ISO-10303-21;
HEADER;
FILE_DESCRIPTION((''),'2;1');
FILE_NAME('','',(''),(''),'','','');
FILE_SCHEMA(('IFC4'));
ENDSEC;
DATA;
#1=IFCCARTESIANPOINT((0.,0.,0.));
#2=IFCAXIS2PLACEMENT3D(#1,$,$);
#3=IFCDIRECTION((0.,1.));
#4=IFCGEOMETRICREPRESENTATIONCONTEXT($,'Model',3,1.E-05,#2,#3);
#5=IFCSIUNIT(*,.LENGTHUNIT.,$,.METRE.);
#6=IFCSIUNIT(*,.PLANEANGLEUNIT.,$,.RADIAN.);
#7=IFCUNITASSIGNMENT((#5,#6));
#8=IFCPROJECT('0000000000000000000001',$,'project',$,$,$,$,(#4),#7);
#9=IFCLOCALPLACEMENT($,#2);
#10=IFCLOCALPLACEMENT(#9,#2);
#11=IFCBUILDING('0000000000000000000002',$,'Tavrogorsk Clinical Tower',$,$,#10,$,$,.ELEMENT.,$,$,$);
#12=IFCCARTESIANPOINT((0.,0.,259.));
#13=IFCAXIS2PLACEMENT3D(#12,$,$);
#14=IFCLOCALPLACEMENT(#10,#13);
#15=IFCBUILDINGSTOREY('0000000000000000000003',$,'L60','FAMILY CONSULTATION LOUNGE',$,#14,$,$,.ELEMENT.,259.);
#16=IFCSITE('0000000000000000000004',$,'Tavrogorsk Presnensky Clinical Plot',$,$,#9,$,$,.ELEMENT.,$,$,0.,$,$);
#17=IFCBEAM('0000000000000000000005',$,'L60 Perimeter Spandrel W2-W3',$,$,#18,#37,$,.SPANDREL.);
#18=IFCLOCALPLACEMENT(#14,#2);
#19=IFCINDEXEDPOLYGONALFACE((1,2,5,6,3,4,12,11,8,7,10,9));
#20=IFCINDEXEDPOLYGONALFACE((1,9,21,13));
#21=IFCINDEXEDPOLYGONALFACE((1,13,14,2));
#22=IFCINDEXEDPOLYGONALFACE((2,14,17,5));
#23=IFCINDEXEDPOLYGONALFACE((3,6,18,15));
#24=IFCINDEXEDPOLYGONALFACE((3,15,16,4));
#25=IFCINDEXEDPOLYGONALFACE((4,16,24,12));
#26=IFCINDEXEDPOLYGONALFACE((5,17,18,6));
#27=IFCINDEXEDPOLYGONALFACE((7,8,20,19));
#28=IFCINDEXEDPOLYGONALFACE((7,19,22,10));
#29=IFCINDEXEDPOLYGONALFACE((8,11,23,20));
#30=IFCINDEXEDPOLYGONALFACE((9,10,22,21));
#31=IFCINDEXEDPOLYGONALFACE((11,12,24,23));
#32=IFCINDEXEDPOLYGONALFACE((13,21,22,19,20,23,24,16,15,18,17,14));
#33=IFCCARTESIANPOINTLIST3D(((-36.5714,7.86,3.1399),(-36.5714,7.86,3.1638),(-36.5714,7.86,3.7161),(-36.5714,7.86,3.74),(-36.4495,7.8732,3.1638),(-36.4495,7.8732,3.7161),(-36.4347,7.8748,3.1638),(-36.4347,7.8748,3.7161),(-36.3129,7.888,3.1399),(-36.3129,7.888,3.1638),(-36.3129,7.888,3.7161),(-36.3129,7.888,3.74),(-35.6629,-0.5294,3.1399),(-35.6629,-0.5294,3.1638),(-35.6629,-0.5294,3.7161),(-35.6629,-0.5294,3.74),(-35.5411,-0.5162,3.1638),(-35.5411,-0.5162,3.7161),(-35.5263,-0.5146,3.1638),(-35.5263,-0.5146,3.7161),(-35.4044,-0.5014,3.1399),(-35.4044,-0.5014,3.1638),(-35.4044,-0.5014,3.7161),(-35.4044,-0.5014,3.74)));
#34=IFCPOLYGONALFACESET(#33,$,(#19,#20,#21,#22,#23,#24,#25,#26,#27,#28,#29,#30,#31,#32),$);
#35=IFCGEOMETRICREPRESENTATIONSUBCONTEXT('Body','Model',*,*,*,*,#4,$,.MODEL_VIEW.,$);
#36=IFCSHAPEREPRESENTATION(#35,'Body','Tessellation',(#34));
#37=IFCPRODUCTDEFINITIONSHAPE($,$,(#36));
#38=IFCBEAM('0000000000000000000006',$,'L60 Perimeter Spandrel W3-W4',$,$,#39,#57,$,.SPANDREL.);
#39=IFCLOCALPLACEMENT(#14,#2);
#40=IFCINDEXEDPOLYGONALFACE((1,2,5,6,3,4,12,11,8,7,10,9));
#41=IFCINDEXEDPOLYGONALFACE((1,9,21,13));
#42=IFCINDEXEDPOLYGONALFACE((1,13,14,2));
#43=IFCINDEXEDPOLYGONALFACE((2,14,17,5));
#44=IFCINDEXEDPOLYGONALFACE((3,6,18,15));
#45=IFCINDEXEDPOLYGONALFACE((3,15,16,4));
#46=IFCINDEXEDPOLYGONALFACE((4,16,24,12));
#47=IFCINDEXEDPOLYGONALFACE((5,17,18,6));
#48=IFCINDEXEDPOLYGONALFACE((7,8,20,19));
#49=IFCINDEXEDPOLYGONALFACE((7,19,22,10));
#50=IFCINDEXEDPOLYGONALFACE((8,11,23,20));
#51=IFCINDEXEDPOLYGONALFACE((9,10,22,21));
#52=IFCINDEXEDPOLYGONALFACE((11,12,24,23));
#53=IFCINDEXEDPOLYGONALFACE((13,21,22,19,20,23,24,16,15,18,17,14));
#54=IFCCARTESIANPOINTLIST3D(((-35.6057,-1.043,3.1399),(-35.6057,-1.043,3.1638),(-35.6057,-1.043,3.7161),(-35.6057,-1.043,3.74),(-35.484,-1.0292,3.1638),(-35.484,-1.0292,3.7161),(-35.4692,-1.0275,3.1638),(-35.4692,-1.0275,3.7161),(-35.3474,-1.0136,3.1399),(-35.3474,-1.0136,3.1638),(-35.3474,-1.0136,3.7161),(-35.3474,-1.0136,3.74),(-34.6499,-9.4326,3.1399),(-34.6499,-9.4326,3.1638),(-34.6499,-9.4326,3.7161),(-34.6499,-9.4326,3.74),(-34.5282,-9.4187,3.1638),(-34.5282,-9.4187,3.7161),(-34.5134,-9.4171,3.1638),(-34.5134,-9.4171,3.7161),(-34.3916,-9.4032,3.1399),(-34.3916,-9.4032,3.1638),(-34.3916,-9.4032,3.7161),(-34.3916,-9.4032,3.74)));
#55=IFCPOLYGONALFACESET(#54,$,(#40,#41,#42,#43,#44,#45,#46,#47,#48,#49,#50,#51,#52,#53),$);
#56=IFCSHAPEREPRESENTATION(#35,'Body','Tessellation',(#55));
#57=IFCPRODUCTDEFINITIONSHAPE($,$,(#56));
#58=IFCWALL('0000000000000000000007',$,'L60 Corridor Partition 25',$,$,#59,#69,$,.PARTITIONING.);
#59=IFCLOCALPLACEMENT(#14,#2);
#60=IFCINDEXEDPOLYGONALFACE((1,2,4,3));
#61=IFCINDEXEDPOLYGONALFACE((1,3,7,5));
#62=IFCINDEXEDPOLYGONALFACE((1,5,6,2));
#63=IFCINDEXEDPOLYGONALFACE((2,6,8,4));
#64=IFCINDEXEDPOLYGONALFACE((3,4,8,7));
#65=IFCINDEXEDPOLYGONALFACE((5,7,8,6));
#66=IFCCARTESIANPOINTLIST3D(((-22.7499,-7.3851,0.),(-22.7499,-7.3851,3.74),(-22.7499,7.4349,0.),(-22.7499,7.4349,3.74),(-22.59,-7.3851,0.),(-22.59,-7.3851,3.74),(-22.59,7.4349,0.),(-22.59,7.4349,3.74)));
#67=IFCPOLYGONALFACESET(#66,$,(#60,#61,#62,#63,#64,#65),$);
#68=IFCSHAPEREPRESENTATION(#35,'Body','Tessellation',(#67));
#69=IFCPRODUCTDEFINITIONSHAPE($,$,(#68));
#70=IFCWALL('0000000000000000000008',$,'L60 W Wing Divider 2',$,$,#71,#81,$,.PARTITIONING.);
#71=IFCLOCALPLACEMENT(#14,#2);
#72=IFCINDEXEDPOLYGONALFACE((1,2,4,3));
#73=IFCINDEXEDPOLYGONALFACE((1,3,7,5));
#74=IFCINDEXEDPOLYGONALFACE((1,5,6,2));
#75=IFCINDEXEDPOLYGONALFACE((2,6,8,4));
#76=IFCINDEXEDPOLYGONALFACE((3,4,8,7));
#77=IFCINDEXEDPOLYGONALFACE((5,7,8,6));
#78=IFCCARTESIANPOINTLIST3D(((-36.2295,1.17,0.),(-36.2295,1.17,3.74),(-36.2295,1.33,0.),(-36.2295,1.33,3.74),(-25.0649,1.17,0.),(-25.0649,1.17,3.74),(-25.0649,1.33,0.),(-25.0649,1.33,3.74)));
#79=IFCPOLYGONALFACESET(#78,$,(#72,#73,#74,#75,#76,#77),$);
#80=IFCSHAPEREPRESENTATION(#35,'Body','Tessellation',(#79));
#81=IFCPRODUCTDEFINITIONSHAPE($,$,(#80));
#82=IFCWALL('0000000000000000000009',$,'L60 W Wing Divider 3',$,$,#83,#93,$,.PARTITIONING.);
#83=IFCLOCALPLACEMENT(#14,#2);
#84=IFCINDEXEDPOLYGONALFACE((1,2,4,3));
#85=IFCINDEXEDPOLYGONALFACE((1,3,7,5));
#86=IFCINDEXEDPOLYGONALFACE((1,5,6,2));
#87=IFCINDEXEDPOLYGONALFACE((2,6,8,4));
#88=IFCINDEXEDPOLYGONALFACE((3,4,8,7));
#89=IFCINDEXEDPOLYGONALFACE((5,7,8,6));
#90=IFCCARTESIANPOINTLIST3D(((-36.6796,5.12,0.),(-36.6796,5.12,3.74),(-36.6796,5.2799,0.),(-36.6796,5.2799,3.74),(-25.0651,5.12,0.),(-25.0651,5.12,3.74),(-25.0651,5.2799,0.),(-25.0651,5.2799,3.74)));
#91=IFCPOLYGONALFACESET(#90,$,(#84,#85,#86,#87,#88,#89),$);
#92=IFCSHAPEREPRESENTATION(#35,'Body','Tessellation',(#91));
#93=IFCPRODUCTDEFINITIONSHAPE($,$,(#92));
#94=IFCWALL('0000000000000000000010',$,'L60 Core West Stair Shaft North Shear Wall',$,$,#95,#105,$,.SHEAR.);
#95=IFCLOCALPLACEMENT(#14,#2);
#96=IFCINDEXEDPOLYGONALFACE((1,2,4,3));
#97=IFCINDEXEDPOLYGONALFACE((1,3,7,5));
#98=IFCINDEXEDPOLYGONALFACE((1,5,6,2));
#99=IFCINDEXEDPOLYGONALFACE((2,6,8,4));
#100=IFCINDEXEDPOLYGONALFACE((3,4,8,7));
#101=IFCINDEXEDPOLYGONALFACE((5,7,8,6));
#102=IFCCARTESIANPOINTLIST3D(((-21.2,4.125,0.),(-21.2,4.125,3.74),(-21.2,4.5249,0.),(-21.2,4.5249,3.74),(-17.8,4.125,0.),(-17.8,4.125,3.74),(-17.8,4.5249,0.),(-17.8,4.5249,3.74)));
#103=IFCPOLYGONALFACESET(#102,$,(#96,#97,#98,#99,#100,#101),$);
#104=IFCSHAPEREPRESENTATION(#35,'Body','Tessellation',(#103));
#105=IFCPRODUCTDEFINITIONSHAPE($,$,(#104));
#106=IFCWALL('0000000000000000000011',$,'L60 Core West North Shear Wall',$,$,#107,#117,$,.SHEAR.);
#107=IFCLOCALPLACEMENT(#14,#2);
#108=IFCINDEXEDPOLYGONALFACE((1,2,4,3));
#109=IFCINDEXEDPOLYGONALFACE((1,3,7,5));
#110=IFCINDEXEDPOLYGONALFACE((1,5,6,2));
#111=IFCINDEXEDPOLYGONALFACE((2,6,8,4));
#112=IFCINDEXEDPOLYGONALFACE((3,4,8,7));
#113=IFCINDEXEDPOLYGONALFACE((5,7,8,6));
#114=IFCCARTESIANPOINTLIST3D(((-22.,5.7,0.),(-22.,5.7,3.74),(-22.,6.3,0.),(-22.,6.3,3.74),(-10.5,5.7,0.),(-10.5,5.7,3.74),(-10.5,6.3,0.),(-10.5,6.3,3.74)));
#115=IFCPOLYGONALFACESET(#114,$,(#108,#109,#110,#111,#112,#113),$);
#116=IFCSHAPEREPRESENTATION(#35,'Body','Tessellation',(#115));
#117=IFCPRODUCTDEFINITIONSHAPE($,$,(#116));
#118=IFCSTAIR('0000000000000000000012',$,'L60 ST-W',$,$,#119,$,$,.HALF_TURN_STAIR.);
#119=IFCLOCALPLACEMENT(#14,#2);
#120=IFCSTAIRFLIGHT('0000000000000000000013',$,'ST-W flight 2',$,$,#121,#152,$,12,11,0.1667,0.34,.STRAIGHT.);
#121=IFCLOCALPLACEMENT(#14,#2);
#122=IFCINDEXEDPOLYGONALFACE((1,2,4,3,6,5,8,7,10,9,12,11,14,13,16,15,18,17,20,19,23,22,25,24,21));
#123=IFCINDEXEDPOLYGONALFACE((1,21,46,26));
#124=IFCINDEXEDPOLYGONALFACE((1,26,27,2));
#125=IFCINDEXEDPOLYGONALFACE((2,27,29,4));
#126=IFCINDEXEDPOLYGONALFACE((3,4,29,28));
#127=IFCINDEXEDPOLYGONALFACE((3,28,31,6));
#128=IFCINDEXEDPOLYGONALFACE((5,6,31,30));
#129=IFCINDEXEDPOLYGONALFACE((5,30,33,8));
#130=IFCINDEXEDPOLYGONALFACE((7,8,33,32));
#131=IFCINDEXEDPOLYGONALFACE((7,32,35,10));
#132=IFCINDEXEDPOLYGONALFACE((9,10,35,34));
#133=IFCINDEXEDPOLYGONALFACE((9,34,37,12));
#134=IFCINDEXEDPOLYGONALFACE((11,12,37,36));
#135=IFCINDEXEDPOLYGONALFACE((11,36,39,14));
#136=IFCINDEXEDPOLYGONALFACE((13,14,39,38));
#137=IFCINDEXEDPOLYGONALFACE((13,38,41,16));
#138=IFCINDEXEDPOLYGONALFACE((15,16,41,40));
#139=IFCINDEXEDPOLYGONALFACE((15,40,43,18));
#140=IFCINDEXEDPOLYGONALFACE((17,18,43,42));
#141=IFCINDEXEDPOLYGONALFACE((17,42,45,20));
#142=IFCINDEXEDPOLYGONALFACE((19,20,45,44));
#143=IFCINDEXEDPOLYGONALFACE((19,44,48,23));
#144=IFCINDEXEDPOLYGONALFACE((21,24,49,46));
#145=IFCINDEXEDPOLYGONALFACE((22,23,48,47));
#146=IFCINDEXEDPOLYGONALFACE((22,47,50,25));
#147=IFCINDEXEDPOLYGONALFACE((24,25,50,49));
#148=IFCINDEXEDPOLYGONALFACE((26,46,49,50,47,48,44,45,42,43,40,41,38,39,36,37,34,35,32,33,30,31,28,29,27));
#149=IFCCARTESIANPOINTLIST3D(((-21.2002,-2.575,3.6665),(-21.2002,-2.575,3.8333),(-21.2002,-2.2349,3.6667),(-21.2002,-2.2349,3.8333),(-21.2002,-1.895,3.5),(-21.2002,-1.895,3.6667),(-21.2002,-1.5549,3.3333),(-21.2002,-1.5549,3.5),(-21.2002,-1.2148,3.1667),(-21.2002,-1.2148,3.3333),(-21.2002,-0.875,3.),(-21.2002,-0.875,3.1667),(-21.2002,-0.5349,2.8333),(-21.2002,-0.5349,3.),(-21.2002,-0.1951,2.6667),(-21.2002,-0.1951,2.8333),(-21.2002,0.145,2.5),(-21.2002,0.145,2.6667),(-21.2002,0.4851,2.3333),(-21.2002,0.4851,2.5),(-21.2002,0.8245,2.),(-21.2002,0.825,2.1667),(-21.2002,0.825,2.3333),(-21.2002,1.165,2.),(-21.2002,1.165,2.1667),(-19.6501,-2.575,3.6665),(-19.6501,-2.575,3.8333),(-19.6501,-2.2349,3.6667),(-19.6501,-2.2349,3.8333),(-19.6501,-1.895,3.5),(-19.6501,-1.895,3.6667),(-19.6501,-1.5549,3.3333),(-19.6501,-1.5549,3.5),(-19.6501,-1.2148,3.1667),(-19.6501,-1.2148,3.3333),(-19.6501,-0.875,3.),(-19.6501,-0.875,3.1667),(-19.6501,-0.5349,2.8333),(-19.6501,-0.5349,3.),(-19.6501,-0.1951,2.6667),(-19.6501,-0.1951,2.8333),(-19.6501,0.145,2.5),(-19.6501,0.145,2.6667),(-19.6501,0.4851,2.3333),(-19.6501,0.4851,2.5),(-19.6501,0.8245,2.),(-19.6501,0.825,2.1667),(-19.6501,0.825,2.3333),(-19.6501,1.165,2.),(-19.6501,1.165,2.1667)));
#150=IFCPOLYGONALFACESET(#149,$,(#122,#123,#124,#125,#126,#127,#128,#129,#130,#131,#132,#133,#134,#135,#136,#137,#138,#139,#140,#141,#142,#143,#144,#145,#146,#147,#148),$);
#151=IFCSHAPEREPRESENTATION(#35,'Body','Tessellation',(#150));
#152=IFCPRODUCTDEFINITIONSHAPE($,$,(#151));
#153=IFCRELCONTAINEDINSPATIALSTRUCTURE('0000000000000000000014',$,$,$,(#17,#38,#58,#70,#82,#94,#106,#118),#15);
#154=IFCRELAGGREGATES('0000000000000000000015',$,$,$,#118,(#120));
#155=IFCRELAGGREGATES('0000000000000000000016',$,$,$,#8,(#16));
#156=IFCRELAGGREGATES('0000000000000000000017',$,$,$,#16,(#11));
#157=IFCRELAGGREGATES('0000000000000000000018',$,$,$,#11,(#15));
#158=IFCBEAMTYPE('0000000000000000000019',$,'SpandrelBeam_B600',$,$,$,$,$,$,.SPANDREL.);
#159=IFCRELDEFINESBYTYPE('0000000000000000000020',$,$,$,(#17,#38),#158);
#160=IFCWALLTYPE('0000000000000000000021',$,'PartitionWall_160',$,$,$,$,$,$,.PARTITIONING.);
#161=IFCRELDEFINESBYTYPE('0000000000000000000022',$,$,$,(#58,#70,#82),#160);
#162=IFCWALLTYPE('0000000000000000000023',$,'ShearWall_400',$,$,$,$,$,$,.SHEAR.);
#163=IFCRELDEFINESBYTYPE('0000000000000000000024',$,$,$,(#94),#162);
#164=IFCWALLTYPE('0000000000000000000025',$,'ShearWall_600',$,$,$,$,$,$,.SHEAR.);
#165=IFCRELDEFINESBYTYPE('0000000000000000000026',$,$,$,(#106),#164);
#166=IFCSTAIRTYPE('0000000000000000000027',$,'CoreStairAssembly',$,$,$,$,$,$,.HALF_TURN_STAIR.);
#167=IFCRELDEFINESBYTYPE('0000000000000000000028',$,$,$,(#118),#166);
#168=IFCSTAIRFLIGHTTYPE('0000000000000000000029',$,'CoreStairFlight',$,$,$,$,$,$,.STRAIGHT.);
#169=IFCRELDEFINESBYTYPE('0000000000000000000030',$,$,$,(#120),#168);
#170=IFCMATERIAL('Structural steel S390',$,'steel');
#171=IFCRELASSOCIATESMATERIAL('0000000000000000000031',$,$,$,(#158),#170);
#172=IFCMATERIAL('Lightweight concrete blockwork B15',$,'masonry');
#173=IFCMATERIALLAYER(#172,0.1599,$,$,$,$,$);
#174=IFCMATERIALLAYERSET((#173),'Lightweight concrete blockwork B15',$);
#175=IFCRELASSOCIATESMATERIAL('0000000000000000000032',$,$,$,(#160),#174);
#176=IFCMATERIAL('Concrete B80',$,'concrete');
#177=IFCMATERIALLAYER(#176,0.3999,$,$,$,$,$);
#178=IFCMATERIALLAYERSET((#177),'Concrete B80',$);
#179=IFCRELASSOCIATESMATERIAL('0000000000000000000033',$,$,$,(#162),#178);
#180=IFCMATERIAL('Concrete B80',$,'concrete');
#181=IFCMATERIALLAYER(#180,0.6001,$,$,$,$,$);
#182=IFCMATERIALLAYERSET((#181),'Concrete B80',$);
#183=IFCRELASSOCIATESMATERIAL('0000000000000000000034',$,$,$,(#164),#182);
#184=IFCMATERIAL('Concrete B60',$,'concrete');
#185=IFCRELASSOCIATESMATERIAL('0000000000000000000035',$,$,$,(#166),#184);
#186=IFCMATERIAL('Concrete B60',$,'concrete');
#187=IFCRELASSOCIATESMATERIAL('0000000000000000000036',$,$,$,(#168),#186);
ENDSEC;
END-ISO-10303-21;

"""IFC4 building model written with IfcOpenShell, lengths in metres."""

from ifc_helpers import new_model, si_unit, direction, frame, frame_2d, origin, origin_2d, place, context, subcontext, project, spatial, polyline, rectangle, i_section, outline, extrude, material, layer, layer_set, material_profile, profile_set, type_object, element, aggregate, save


model = new_model("IFC4")

# Units and contexts
model_context = context("Model", 3, precision=1e-05, world=origin(), true_north=direction((0.0, 1.0)))
body_context = subcontext(model_context, "Body", "Model", "MODEL_VIEW")
ifc_project = project(units=[si_unit("LENGTHUNIT", "METRE"), si_unit("PLANEANGLEUNIT", "RADIAN")], contexts=[model_context])

# Site, building, storey
site_placement = place(None, origin())
site = spatial("IfcSite", under=ifc_project, at=site_placement, Name="Tavrogorsk Presnensky Clinical Plot", CompositionType="ELEMENT", RefElevation=0.0)
building_placement = place(site_placement, origin())
building = spatial("IfcBuilding", under=site, at=building_placement, Name="Tavrogorsk Clinical Tower", CompositionType="ELEMENT")
storey_placement = place(building_placement, frame((0.0, 0.0, 259.0)))
storey = spatial("IfcBuildingStorey", under=building, at=storey_placement, Name="L60", Description="FAMILY CONSULTATION LOUNGE", CompositionType="ELEMENT", Elevation=259.0)

# Beams
ifc_material_1 = material(Name="Structural steel S390", Category="steel")
ifc_material_profile_1 = material_profile(ifc_material_1, i_section(OverallWidth=0.26, OverallDepth=0.6001, WebThickness=0.0149, FlangeThickness=0.0239, at=origin_2d()), Name="B-600x260x15x24")
ifc_profile_set_1 = profile_set([ifc_material_profile_1], Name="Structural steel S390")
beam_type_1 = type_object("IfcBeamType", Name="SpandrelBeam_B600", PredefinedType="SPANDREL", material=ifc_profile_set_1)
beam_1_placement = place(storey_placement, frame((-36.4421, 7.874, 3.4399), z_axis=(0.107656, -0.994188, 0.0), x_axis=(0.994188, 0.107656, 0.0)))
element("IfcBeam", 1, at=beam_1_placement, inside=storey, type_object=beam_type_1, Name="L60 Perimeter Spandrel W2-W3", PredefinedType="SPANDREL", context=body_context, shape_type="SweptSolid", body=[
    extrude(i_section(OverallWidth=0.26, OverallDepth=0.6001, WebThickness=0.0149, FlangeThickness=0.0239, at=origin_2d()), origin(), (0.0, 0.0, 1.0), 8.4385),
])
beam_2_placement = place(storey_placement, frame((-35.4766, -1.0283, 3.4399), z_axis=(0.113195, -0.993573, 0.0), x_axis=(0.993573, 0.113195, 0.0)))
element("IfcBeam", 2, at=beam_2_placement, inside=storey, type_object=beam_type_1, Name="L60 Perimeter Spandrel W3-W4", PredefinedType="SPANDREL", context=body_context, shape_type="SweptSolid", body=[
    extrude(i_section(OverallWidth=0.26, OverallDepth=0.6001, WebThickness=0.0149, FlangeThickness=0.0239, at=origin_2d()), origin(), (0.0, 0.0, 1.0), 8.4438),
])

# Walls
ifc_material_2 = material(Name="Lightweight concrete blockwork B15", Category="masonry")
ifc_layer_1 = layer(ifc_material_2, 0.1599)
ifc_layer_set_1 = layer_set([ifc_layer_1], Name="Lightweight concrete blockwork B15")
wall_type_1 = type_object("IfcWallType", Name="PartitionWall_160", PredefinedType="PARTITIONING", material=ifc_layer_set_1)
wall_1_placement = place(storey_placement, frame((-22.6699, 7.4351, 0.0), z_axis=(0.0, 0.0, 1.0), x_axis=(0.0, -1.0, 0.0)))
element("IfcWall", 3, at=wall_1_placement, inside=storey, type_object=wall_type_1, Name="L60 Corridor Partition 25", PredefinedType="PARTITIONING", context=body_context, shape_type="SweptSolid", body=[
    extrude(rectangle(XDim=14.8201, YDim=0.1599, at=frame_2d((7.4102, 0.0))), origin(), (0.0, 0.0, 1.0), 3.74),
])
wall_2_placement = place(storey_placement, frame((-36.2295, 1.25, 0.0), z_axis=(0.0, 0.0, 1.0), x_axis=(1.0, 0.0, 0.0)))
element("IfcWall", 4, at=wall_2_placement, inside=storey, type_object=wall_type_1, Name="L60 W Wing Divider 2", PredefinedType="PARTITIONING", context=body_context, shape_type="SweptSolid", body=[
    extrude(rectangle(XDim=11.1646, YDim=0.1599, at=frame_2d((5.5823, 0.0))), origin(), (0.0, 0.0, 1.0), 3.74),
])
wall_3_placement = place(storey_placement, frame((-36.6794, 5.2, 0.0), z_axis=(0.0, 0.0, 1.0), x_axis=(1.0, 0.0, 0.0)))
element("IfcWall", 5, at=wall_3_placement, inside=storey, type_object=wall_type_1, Name="L60 W Wing Divider 3", PredefinedType="PARTITIONING", context=body_context, shape_type="SweptSolid", body=[
    extrude(rectangle(XDim=11.6145, YDim=0.1599, at=frame_2d((5.8071, 0.0))), origin(), (0.0, 0.0, 1.0), 3.74),
])
ifc_material_3 = material(Name="Concrete B80", Category="concrete")
ifc_layer_2 = layer(ifc_material_3, 0.3999)
ifc_layer_set_2 = layer_set([ifc_layer_2], Name="Concrete B80")
wall_type_2 = type_object("IfcWallType", Name="ShearWall_400", PredefinedType="SHEAR", material=ifc_layer_set_2)
wall_4_placement = place(storey_placement, frame((-21.2, 4.325, 0.0), z_axis=(0.0, 0.0, 1.0), x_axis=(1.0, 0.0, 0.0)))
element("IfcWall", 6, at=wall_4_placement, inside=storey, type_object=wall_type_2, Name="L60 Core West Stair Shaft North Shear Wall", PredefinedType="SHEAR", context=body_context, shape_type="SweptSolid", body=[
    extrude(rectangle(XDim=3.3999, YDim=0.3999, at=frame_2d((1.7, 0.0))), origin(), (0.0, 0.0, 1.0), 3.74),
])
ifc_material_4 = material(Name="Concrete B80", Category="concrete")
ifc_layer_3 = layer(ifc_material_4, 0.6001)
ifc_layer_set_3 = layer_set([ifc_layer_3], Name="Concrete B80")
wall_type_3 = type_object("IfcWallType", Name="ShearWall_600", PredefinedType="SHEAR", material=ifc_layer_set_3)
wall_5_placement = place(storey_placement, frame((-22.0, 6.0, 0.0), z_axis=(0.0, 0.0, 1.0), x_axis=(1.0, 0.0, 0.0)))
element("IfcWall", 7, at=wall_5_placement, inside=storey, type_object=wall_type_3, Name="L60 Core West North Shear Wall", PredefinedType="SHEAR", context=body_context, shape_type="SweptSolid", body=[
    extrude(rectangle(XDim=11.5, YDim=0.6001, at=frame_2d((5.75, 0.0))), origin(), (0.0, 0.0, 1.0), 3.74),
])

# Stair, stair flight
ifc_material_5 = material(Name="Concrete B60", Category="concrete")
stair_type = type_object("IfcStairType", Name="CoreStairAssembly", PredefinedType="HALF_TURN_STAIR", material=ifc_material_5)
stair_placement = place(storey_placement, origin())
stair = element("IfcStair", 8, at=stair_placement, inside=storey, type_object=stair_type, Name="L60 ST-W", PredefinedType="HALF_TURN_STAIR")
ifc_material_6 = material(Name="Concrete B60", Category="concrete")
stair_flight_type = type_object("IfcStairFlightType", Name="CoreStairFlight", PredefinedType="STRAIGHT", material=ifc_material_6)
stair_flight_placement = place(storey_placement, frame((-20.425, 1.165, 2.0), z_axis=(0.0, 0.0, 1.0), x_axis=(0.0, -1.0, 0.0)))
stair_flight = element("IfcStairFlight", 9, at=stair_flight_placement, type_object=stair_flight_type, Name="ST-W flight 2", NumberOfRisers=12, NumberOfTreads=11, PredefinedType="STRAIGHT", RiserHeight=0.1667, TreadLength=0.34, context=body_context, shape_type="SweptSolid", body=[
    extrude(outline(polyline([(0.0, 0.0), (0.0, 0.1667), (0.3401, 0.1667), (0.3401, 0.3333), (0.6799, 0.3333), (0.6799, 0.5), (1.02, 0.5), (1.02, 0.6667), (1.3601, 0.6667), (1.3601, 0.8333), (1.7, 0.8333), (1.7, 1.0), (2.04, 1.0), (2.04, 1.1667), (2.3799, 1.1667), (2.3799, 1.3333), (2.72, 1.3333), (2.72, 1.5), (3.0601, 1.5), (3.0601, 1.6667), (3.3999, 1.6667), (3.3999, 1.8333), (3.74, 1.8333), (3.74, 2.0), (3.74, 1.6665), (0.3406, 0.0), (0.0, 0.0)])), frame((0.0, 0.7749, 0.0), z_axis=(0.0, -1.0, 0.0), x_axis=(1.0, 0.0, 0.0)), (0.0, 0.0, 1.0), 1.55),
])
aggregate(stair, [stair_flight])

save(model, "model.ifc")
